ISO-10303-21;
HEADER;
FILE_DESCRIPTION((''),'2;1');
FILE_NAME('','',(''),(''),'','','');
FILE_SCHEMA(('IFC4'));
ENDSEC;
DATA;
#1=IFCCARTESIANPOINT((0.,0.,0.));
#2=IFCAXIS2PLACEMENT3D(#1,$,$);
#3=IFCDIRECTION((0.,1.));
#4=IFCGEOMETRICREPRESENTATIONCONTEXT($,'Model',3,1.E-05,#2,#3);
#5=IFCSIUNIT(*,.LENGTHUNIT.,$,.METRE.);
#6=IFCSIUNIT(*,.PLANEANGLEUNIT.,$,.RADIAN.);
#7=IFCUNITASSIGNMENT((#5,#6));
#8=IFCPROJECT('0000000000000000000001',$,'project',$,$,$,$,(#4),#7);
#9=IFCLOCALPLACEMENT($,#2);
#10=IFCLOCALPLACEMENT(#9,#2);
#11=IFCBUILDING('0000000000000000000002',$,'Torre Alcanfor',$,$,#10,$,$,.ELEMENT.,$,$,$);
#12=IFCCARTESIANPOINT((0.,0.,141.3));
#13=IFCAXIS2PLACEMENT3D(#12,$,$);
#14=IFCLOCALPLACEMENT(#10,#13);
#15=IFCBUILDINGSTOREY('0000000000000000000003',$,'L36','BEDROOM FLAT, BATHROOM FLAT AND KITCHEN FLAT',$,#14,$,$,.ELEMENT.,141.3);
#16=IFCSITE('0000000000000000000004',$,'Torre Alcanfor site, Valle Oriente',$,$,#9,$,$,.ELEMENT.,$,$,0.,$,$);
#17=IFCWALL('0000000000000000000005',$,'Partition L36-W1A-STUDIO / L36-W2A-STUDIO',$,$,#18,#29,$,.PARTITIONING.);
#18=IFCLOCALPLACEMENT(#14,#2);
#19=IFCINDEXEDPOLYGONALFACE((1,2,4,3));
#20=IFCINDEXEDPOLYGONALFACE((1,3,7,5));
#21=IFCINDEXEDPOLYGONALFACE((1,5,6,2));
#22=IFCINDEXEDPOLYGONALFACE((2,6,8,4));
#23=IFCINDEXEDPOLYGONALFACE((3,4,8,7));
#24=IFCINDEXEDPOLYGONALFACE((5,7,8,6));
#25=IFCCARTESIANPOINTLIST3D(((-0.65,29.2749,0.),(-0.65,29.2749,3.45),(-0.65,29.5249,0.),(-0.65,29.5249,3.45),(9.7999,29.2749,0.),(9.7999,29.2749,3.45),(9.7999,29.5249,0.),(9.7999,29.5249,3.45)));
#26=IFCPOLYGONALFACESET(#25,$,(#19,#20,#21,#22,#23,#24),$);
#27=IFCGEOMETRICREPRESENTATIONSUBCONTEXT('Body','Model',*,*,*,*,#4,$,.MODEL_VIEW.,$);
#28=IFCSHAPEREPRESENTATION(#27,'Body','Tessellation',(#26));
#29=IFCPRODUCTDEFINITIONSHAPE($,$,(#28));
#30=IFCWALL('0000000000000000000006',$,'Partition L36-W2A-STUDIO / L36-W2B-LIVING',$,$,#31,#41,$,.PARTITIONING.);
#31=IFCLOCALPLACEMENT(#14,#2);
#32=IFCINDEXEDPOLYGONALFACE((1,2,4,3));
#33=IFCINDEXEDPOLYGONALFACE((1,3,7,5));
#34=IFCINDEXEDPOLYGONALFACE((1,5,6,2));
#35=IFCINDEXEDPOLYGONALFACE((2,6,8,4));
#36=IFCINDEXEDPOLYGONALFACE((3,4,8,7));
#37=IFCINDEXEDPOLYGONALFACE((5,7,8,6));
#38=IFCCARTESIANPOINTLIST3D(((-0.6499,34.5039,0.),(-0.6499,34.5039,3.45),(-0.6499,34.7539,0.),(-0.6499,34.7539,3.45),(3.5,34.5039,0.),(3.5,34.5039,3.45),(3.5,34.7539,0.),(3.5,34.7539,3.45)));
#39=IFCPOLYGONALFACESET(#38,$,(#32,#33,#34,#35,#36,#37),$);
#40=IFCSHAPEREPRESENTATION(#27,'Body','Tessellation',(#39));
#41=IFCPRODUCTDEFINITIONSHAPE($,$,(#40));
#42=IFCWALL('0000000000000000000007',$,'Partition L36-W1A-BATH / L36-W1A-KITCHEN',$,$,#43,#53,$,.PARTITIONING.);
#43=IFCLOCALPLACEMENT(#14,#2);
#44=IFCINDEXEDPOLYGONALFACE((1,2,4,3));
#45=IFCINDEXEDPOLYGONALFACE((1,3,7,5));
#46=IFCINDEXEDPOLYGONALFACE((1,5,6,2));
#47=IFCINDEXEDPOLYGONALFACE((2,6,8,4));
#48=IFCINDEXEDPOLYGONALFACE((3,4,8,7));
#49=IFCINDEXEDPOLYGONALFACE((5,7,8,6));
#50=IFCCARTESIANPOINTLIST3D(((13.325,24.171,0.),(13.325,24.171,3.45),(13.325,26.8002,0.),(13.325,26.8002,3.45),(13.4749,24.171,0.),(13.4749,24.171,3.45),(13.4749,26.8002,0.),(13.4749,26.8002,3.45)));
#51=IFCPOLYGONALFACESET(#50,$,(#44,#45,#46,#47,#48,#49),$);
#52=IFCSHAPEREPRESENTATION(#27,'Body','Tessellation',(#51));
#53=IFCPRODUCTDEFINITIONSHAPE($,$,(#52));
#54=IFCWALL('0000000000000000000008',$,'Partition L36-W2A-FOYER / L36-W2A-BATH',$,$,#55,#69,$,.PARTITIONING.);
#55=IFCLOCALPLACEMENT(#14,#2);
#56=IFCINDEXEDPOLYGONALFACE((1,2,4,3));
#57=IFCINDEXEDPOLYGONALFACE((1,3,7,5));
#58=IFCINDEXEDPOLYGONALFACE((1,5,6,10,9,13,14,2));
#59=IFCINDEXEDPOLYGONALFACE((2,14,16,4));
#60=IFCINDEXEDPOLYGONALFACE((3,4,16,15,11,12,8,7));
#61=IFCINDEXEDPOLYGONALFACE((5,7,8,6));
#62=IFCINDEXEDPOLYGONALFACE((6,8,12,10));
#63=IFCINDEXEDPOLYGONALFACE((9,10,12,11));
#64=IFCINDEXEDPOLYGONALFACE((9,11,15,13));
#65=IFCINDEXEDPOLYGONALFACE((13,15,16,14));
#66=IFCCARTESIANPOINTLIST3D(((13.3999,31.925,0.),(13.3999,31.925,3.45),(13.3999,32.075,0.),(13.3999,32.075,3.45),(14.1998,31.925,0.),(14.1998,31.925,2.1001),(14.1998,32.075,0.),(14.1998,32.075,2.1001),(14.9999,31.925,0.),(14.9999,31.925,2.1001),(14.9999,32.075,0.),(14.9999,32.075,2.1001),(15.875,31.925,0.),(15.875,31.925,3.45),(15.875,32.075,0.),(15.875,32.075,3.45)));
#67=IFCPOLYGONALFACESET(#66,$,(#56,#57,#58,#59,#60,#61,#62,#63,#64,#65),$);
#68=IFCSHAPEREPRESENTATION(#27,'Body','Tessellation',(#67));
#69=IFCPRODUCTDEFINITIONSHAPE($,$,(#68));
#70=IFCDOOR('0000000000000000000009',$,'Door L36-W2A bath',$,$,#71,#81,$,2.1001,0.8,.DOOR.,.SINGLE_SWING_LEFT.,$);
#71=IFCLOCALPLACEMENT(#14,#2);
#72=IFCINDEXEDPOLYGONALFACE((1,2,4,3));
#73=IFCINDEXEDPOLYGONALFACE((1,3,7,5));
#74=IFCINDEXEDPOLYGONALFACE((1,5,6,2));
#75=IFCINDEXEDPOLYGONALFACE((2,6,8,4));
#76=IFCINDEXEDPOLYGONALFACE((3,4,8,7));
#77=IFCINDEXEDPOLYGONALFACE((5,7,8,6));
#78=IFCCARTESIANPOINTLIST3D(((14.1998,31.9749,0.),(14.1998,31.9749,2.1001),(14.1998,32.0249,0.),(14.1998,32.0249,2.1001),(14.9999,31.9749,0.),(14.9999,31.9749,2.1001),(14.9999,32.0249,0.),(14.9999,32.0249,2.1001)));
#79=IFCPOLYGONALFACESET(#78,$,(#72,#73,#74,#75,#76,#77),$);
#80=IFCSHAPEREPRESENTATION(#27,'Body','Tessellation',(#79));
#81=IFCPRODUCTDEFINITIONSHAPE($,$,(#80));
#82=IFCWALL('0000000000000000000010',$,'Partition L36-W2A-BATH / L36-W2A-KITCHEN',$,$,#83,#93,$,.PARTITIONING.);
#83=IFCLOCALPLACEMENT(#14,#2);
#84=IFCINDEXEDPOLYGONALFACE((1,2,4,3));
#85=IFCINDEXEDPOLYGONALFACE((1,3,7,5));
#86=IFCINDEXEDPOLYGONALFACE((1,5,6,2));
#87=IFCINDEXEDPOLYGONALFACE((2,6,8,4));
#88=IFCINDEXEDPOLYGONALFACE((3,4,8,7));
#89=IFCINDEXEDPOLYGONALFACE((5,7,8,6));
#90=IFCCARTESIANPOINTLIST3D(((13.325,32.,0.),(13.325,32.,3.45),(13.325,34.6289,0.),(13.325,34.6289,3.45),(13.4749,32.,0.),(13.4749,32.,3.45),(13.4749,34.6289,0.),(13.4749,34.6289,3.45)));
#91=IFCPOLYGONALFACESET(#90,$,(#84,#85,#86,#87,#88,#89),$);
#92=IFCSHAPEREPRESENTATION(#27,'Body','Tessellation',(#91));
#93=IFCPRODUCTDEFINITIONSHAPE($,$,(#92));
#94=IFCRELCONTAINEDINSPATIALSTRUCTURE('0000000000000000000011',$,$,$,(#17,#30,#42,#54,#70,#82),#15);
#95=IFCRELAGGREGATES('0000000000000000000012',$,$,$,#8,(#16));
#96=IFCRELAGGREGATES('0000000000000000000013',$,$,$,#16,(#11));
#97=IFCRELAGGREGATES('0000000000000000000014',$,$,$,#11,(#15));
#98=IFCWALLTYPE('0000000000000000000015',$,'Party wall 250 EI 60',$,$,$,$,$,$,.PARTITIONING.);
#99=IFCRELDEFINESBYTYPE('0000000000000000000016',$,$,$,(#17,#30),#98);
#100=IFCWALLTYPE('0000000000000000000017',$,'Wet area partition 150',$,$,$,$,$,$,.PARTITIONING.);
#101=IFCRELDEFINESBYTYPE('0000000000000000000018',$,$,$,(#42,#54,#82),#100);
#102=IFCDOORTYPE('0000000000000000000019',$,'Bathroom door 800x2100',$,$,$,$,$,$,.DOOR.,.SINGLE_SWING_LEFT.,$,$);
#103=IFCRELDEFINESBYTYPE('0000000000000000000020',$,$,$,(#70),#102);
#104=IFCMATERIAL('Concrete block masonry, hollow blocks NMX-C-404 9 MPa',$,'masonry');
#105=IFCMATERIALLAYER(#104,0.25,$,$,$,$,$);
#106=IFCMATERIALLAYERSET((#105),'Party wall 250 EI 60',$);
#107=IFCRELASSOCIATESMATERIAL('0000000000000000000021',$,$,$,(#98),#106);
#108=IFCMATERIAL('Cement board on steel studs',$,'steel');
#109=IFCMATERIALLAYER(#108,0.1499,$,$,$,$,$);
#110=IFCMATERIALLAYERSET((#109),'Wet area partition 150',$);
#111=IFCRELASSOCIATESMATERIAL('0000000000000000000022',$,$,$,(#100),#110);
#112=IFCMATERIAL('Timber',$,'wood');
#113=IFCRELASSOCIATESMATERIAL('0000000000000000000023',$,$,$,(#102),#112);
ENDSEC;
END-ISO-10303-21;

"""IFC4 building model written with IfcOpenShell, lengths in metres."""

from ifc_helpers import new_model, si_unit, direction, frame, frame_2d, origin, place, context, subcontext, project, spatial, rectangle, extrude, material, layer, layer_set, type_object, element, fill, save


model = new_model("IFC4")

# Units and contexts
model_context = context("Model", 3, precision=1e-05, world=origin(), true_north=direction((0.0, 1.0)))
body_context = subcontext(model_context, "Body", "Model", "MODEL_VIEW")
ifc_project = project(units=[si_unit("LENGTHUNIT", "METRE"), si_unit("PLANEANGLEUNIT", "RADIAN")], contexts=[model_context])

# Site, building, storey
site_placement = place(None, origin())
site = spatial("IfcSite", under=ifc_project, at=site_placement, Name="Torre Alcanfor site, Valle Oriente", CompositionType="ELEMENT", RefElevation=0.0)
building_placement = place(site_placement, origin())
building = spatial("IfcBuilding", under=site, at=building_placement, Name="Torre Alcanfor", CompositionType="ELEMENT")
storey_placement = place(building_placement, frame((0.0, 0.0, 141.3)))
storey = spatial("IfcBuildingStorey", under=building, at=storey_placement, Name="L36", Description="BEDROOM FLAT, BATHROOM FLAT AND KITCHEN FLAT", CompositionType="ELEMENT", Elevation=141.3)

# Walls
ifc_material_1 = material(Name="Concrete block masonry, hollow blocks NMX-C-404 9 MPa", Category="masonry")
ifc_layer_1 = layer(ifc_material_1, 0.25)
ifc_layer_set_1 = layer_set([ifc_layer_1], Name="Party wall 250 EI 60")
wall_type_1 = type_object("IfcWallType", Name="Party wall 250 EI 60", PredefinedType="PARTITIONING", material=ifc_layer_set_1)
wall_1_placement = place(storey_placement, frame((9.8, 29.3999, 0.0), z_axis=(0.0, 0.0, 1.0), x_axis=(-1.0, 0.0, 0.0)))
element("IfcWall", 1, at=wall_1_placement, inside=storey, type_object=wall_type_1, Name="Partition L36-W1A-STUDIO / L36-W2A-STUDIO", PredefinedType="PARTITIONING", context=body_context, shape_type="SweptSolid", body=[
    extrude(rectangle(XDim=10.45, YDim=0.25, at=frame_2d((5.2251, 0.0))), origin(), (0.0, 0.0, 1.0), 3.45),
])
wall_2_placement = place(storey_placement, frame((-0.6499, 34.6289, 0.0), z_axis=(0.0, 0.0, 1.0), x_axis=(1.0, 0.0, 0.0)))
element("IfcWall", 2, at=wall_2_placement, inside=storey, type_object=wall_type_1, Name="Partition L36-W2A-STUDIO / L36-W2B-LIVING", PredefinedType="PARTITIONING", context=body_context, shape_type="SweptSolid", body=[
    extrude(rectangle(XDim=4.1499, YDim=0.25, at=frame_2d((2.075, 0.0))), origin(), (0.0, 0.0, 1.0), 3.45),
])
ifc_material_2 = material(Name="Cement board on steel studs", Category="steel")
ifc_layer_2 = layer(ifc_material_2, 0.1499)
ifc_layer_set_2 = layer_set([ifc_layer_2], Name="Wet area partition 150")
wall_type_2 = type_object("IfcWallType", Name="Wet area partition 150", PredefinedType="PARTITIONING", material=ifc_layer_set_2)
wall_3_placement = place(storey_placement, frame((13.3999, 26.8, 0.0), z_axis=(0.0, 0.0, 1.0), x_axis=(0.0, -1.0, 0.0)))
element("IfcWall", 3, at=wall_3_placement, inside=storey, type_object=wall_type_2, Name="Partition L36-W1A-BATH / L36-W1A-KITCHEN", PredefinedType="PARTITIONING", context=body_context, shape_type="SweptSolid", body=[
    extrude(rectangle(XDim=2.6292, YDim=0.1499, at=frame_2d((1.3145, 0.0))), origin(), (0.0, 0.0, 1.0), 3.45),
])

# Wall, opening, door
wall_4_placement = place(storey_placement, frame((13.3999, 32.0, 0.0), z_axis=(0.0, 0.0, 1.0), x_axis=(1.0, 0.0, 0.0)))
wall_4 = element("IfcWall", 4, at=wall_4_placement, inside=storey, type_object=wall_type_2, Name="Partition L36-W2A-FOYER / L36-W2A-BATH", PredefinedType="PARTITIONING", context=body_context, shape_type="SweptSolid", body=[
    extrude(rectangle(XDim=2.4751, YDim=0.1499, at=frame_2d((1.2375, 0.0))), origin(), (0.0, 0.0, 1.0), 3.45),
])
opening_1_placement = place(wall_4_placement, frame((0.8, 0.0, 0.0)))
opening_1 = element("IfcOpeningElement", 5, at=opening_1_placement, cuts=wall_4, PredefinedType="OPENING", context=body_context, shape_type="SweptSolid", body=[
    extrude(rectangle(XDim=0.8, YDim=2.1001, at=frame_2d((0.3999, 1.05))), frame((0.0, 0.085, 0.0), z_axis=(0.0, -1.0, 0.0), x_axis=(1.0, 0.0, 0.0)), (0.0, 0.0, 1.0), 0.1699),
])
ifc_material_3 = material(Name="Timber", Category="wood")
door_type_1 = type_object("IfcDoorType", Name="Bathroom door 800x2100", OperationType="SINGLE_SWING_LEFT", PredefinedType="DOOR", material=ifc_material_3)
door_1_placement = place(opening_1_placement, origin())
door_1 = element("IfcDoor", 6, at=door_1_placement, inside=storey, type_object=door_type_1, Name="Door L36-W2A bath", OperationType="SINGLE_SWING_LEFT", OverallHeight=2.1001, OverallWidth=0.8, PredefinedType="DOOR", context=body_context, shape_type="SweptSolid", body=[
    extrude(rectangle(XDim=0.8, YDim=2.1001, at=frame_2d((0.3999, 1.05))), frame((0.0, 0.0249, 0.0), z_axis=(0.0, -1.0, 0.0), x_axis=(1.0, 0.0, 0.0)), (0.0, 0.0, 1.0), 0.05),
])
fill(opening_1, door_1)

# Wall
wall_5_placement = place(storey_placement, frame((13.3999, 32.0, 0.0), z_axis=(0.0, 0.0, 1.0), x_axis=(0.0, 1.0, 0.0)))
element("IfcWall", 7, at=wall_5_placement, inside=storey, type_object=wall_type_2, Name="Partition L36-W2A-BATH / L36-W2A-KITCHEN", PredefinedType="PARTITIONING", context=body_context, shape_type="SweptSolid", body=[
    extrude(rectangle(XDim=2.6289, YDim=0.1499, at=frame_2d((1.3145, 0.0))), origin(), (0.0, 0.0, 1.0), 3.45),
])

save(model, "model.ifc")
